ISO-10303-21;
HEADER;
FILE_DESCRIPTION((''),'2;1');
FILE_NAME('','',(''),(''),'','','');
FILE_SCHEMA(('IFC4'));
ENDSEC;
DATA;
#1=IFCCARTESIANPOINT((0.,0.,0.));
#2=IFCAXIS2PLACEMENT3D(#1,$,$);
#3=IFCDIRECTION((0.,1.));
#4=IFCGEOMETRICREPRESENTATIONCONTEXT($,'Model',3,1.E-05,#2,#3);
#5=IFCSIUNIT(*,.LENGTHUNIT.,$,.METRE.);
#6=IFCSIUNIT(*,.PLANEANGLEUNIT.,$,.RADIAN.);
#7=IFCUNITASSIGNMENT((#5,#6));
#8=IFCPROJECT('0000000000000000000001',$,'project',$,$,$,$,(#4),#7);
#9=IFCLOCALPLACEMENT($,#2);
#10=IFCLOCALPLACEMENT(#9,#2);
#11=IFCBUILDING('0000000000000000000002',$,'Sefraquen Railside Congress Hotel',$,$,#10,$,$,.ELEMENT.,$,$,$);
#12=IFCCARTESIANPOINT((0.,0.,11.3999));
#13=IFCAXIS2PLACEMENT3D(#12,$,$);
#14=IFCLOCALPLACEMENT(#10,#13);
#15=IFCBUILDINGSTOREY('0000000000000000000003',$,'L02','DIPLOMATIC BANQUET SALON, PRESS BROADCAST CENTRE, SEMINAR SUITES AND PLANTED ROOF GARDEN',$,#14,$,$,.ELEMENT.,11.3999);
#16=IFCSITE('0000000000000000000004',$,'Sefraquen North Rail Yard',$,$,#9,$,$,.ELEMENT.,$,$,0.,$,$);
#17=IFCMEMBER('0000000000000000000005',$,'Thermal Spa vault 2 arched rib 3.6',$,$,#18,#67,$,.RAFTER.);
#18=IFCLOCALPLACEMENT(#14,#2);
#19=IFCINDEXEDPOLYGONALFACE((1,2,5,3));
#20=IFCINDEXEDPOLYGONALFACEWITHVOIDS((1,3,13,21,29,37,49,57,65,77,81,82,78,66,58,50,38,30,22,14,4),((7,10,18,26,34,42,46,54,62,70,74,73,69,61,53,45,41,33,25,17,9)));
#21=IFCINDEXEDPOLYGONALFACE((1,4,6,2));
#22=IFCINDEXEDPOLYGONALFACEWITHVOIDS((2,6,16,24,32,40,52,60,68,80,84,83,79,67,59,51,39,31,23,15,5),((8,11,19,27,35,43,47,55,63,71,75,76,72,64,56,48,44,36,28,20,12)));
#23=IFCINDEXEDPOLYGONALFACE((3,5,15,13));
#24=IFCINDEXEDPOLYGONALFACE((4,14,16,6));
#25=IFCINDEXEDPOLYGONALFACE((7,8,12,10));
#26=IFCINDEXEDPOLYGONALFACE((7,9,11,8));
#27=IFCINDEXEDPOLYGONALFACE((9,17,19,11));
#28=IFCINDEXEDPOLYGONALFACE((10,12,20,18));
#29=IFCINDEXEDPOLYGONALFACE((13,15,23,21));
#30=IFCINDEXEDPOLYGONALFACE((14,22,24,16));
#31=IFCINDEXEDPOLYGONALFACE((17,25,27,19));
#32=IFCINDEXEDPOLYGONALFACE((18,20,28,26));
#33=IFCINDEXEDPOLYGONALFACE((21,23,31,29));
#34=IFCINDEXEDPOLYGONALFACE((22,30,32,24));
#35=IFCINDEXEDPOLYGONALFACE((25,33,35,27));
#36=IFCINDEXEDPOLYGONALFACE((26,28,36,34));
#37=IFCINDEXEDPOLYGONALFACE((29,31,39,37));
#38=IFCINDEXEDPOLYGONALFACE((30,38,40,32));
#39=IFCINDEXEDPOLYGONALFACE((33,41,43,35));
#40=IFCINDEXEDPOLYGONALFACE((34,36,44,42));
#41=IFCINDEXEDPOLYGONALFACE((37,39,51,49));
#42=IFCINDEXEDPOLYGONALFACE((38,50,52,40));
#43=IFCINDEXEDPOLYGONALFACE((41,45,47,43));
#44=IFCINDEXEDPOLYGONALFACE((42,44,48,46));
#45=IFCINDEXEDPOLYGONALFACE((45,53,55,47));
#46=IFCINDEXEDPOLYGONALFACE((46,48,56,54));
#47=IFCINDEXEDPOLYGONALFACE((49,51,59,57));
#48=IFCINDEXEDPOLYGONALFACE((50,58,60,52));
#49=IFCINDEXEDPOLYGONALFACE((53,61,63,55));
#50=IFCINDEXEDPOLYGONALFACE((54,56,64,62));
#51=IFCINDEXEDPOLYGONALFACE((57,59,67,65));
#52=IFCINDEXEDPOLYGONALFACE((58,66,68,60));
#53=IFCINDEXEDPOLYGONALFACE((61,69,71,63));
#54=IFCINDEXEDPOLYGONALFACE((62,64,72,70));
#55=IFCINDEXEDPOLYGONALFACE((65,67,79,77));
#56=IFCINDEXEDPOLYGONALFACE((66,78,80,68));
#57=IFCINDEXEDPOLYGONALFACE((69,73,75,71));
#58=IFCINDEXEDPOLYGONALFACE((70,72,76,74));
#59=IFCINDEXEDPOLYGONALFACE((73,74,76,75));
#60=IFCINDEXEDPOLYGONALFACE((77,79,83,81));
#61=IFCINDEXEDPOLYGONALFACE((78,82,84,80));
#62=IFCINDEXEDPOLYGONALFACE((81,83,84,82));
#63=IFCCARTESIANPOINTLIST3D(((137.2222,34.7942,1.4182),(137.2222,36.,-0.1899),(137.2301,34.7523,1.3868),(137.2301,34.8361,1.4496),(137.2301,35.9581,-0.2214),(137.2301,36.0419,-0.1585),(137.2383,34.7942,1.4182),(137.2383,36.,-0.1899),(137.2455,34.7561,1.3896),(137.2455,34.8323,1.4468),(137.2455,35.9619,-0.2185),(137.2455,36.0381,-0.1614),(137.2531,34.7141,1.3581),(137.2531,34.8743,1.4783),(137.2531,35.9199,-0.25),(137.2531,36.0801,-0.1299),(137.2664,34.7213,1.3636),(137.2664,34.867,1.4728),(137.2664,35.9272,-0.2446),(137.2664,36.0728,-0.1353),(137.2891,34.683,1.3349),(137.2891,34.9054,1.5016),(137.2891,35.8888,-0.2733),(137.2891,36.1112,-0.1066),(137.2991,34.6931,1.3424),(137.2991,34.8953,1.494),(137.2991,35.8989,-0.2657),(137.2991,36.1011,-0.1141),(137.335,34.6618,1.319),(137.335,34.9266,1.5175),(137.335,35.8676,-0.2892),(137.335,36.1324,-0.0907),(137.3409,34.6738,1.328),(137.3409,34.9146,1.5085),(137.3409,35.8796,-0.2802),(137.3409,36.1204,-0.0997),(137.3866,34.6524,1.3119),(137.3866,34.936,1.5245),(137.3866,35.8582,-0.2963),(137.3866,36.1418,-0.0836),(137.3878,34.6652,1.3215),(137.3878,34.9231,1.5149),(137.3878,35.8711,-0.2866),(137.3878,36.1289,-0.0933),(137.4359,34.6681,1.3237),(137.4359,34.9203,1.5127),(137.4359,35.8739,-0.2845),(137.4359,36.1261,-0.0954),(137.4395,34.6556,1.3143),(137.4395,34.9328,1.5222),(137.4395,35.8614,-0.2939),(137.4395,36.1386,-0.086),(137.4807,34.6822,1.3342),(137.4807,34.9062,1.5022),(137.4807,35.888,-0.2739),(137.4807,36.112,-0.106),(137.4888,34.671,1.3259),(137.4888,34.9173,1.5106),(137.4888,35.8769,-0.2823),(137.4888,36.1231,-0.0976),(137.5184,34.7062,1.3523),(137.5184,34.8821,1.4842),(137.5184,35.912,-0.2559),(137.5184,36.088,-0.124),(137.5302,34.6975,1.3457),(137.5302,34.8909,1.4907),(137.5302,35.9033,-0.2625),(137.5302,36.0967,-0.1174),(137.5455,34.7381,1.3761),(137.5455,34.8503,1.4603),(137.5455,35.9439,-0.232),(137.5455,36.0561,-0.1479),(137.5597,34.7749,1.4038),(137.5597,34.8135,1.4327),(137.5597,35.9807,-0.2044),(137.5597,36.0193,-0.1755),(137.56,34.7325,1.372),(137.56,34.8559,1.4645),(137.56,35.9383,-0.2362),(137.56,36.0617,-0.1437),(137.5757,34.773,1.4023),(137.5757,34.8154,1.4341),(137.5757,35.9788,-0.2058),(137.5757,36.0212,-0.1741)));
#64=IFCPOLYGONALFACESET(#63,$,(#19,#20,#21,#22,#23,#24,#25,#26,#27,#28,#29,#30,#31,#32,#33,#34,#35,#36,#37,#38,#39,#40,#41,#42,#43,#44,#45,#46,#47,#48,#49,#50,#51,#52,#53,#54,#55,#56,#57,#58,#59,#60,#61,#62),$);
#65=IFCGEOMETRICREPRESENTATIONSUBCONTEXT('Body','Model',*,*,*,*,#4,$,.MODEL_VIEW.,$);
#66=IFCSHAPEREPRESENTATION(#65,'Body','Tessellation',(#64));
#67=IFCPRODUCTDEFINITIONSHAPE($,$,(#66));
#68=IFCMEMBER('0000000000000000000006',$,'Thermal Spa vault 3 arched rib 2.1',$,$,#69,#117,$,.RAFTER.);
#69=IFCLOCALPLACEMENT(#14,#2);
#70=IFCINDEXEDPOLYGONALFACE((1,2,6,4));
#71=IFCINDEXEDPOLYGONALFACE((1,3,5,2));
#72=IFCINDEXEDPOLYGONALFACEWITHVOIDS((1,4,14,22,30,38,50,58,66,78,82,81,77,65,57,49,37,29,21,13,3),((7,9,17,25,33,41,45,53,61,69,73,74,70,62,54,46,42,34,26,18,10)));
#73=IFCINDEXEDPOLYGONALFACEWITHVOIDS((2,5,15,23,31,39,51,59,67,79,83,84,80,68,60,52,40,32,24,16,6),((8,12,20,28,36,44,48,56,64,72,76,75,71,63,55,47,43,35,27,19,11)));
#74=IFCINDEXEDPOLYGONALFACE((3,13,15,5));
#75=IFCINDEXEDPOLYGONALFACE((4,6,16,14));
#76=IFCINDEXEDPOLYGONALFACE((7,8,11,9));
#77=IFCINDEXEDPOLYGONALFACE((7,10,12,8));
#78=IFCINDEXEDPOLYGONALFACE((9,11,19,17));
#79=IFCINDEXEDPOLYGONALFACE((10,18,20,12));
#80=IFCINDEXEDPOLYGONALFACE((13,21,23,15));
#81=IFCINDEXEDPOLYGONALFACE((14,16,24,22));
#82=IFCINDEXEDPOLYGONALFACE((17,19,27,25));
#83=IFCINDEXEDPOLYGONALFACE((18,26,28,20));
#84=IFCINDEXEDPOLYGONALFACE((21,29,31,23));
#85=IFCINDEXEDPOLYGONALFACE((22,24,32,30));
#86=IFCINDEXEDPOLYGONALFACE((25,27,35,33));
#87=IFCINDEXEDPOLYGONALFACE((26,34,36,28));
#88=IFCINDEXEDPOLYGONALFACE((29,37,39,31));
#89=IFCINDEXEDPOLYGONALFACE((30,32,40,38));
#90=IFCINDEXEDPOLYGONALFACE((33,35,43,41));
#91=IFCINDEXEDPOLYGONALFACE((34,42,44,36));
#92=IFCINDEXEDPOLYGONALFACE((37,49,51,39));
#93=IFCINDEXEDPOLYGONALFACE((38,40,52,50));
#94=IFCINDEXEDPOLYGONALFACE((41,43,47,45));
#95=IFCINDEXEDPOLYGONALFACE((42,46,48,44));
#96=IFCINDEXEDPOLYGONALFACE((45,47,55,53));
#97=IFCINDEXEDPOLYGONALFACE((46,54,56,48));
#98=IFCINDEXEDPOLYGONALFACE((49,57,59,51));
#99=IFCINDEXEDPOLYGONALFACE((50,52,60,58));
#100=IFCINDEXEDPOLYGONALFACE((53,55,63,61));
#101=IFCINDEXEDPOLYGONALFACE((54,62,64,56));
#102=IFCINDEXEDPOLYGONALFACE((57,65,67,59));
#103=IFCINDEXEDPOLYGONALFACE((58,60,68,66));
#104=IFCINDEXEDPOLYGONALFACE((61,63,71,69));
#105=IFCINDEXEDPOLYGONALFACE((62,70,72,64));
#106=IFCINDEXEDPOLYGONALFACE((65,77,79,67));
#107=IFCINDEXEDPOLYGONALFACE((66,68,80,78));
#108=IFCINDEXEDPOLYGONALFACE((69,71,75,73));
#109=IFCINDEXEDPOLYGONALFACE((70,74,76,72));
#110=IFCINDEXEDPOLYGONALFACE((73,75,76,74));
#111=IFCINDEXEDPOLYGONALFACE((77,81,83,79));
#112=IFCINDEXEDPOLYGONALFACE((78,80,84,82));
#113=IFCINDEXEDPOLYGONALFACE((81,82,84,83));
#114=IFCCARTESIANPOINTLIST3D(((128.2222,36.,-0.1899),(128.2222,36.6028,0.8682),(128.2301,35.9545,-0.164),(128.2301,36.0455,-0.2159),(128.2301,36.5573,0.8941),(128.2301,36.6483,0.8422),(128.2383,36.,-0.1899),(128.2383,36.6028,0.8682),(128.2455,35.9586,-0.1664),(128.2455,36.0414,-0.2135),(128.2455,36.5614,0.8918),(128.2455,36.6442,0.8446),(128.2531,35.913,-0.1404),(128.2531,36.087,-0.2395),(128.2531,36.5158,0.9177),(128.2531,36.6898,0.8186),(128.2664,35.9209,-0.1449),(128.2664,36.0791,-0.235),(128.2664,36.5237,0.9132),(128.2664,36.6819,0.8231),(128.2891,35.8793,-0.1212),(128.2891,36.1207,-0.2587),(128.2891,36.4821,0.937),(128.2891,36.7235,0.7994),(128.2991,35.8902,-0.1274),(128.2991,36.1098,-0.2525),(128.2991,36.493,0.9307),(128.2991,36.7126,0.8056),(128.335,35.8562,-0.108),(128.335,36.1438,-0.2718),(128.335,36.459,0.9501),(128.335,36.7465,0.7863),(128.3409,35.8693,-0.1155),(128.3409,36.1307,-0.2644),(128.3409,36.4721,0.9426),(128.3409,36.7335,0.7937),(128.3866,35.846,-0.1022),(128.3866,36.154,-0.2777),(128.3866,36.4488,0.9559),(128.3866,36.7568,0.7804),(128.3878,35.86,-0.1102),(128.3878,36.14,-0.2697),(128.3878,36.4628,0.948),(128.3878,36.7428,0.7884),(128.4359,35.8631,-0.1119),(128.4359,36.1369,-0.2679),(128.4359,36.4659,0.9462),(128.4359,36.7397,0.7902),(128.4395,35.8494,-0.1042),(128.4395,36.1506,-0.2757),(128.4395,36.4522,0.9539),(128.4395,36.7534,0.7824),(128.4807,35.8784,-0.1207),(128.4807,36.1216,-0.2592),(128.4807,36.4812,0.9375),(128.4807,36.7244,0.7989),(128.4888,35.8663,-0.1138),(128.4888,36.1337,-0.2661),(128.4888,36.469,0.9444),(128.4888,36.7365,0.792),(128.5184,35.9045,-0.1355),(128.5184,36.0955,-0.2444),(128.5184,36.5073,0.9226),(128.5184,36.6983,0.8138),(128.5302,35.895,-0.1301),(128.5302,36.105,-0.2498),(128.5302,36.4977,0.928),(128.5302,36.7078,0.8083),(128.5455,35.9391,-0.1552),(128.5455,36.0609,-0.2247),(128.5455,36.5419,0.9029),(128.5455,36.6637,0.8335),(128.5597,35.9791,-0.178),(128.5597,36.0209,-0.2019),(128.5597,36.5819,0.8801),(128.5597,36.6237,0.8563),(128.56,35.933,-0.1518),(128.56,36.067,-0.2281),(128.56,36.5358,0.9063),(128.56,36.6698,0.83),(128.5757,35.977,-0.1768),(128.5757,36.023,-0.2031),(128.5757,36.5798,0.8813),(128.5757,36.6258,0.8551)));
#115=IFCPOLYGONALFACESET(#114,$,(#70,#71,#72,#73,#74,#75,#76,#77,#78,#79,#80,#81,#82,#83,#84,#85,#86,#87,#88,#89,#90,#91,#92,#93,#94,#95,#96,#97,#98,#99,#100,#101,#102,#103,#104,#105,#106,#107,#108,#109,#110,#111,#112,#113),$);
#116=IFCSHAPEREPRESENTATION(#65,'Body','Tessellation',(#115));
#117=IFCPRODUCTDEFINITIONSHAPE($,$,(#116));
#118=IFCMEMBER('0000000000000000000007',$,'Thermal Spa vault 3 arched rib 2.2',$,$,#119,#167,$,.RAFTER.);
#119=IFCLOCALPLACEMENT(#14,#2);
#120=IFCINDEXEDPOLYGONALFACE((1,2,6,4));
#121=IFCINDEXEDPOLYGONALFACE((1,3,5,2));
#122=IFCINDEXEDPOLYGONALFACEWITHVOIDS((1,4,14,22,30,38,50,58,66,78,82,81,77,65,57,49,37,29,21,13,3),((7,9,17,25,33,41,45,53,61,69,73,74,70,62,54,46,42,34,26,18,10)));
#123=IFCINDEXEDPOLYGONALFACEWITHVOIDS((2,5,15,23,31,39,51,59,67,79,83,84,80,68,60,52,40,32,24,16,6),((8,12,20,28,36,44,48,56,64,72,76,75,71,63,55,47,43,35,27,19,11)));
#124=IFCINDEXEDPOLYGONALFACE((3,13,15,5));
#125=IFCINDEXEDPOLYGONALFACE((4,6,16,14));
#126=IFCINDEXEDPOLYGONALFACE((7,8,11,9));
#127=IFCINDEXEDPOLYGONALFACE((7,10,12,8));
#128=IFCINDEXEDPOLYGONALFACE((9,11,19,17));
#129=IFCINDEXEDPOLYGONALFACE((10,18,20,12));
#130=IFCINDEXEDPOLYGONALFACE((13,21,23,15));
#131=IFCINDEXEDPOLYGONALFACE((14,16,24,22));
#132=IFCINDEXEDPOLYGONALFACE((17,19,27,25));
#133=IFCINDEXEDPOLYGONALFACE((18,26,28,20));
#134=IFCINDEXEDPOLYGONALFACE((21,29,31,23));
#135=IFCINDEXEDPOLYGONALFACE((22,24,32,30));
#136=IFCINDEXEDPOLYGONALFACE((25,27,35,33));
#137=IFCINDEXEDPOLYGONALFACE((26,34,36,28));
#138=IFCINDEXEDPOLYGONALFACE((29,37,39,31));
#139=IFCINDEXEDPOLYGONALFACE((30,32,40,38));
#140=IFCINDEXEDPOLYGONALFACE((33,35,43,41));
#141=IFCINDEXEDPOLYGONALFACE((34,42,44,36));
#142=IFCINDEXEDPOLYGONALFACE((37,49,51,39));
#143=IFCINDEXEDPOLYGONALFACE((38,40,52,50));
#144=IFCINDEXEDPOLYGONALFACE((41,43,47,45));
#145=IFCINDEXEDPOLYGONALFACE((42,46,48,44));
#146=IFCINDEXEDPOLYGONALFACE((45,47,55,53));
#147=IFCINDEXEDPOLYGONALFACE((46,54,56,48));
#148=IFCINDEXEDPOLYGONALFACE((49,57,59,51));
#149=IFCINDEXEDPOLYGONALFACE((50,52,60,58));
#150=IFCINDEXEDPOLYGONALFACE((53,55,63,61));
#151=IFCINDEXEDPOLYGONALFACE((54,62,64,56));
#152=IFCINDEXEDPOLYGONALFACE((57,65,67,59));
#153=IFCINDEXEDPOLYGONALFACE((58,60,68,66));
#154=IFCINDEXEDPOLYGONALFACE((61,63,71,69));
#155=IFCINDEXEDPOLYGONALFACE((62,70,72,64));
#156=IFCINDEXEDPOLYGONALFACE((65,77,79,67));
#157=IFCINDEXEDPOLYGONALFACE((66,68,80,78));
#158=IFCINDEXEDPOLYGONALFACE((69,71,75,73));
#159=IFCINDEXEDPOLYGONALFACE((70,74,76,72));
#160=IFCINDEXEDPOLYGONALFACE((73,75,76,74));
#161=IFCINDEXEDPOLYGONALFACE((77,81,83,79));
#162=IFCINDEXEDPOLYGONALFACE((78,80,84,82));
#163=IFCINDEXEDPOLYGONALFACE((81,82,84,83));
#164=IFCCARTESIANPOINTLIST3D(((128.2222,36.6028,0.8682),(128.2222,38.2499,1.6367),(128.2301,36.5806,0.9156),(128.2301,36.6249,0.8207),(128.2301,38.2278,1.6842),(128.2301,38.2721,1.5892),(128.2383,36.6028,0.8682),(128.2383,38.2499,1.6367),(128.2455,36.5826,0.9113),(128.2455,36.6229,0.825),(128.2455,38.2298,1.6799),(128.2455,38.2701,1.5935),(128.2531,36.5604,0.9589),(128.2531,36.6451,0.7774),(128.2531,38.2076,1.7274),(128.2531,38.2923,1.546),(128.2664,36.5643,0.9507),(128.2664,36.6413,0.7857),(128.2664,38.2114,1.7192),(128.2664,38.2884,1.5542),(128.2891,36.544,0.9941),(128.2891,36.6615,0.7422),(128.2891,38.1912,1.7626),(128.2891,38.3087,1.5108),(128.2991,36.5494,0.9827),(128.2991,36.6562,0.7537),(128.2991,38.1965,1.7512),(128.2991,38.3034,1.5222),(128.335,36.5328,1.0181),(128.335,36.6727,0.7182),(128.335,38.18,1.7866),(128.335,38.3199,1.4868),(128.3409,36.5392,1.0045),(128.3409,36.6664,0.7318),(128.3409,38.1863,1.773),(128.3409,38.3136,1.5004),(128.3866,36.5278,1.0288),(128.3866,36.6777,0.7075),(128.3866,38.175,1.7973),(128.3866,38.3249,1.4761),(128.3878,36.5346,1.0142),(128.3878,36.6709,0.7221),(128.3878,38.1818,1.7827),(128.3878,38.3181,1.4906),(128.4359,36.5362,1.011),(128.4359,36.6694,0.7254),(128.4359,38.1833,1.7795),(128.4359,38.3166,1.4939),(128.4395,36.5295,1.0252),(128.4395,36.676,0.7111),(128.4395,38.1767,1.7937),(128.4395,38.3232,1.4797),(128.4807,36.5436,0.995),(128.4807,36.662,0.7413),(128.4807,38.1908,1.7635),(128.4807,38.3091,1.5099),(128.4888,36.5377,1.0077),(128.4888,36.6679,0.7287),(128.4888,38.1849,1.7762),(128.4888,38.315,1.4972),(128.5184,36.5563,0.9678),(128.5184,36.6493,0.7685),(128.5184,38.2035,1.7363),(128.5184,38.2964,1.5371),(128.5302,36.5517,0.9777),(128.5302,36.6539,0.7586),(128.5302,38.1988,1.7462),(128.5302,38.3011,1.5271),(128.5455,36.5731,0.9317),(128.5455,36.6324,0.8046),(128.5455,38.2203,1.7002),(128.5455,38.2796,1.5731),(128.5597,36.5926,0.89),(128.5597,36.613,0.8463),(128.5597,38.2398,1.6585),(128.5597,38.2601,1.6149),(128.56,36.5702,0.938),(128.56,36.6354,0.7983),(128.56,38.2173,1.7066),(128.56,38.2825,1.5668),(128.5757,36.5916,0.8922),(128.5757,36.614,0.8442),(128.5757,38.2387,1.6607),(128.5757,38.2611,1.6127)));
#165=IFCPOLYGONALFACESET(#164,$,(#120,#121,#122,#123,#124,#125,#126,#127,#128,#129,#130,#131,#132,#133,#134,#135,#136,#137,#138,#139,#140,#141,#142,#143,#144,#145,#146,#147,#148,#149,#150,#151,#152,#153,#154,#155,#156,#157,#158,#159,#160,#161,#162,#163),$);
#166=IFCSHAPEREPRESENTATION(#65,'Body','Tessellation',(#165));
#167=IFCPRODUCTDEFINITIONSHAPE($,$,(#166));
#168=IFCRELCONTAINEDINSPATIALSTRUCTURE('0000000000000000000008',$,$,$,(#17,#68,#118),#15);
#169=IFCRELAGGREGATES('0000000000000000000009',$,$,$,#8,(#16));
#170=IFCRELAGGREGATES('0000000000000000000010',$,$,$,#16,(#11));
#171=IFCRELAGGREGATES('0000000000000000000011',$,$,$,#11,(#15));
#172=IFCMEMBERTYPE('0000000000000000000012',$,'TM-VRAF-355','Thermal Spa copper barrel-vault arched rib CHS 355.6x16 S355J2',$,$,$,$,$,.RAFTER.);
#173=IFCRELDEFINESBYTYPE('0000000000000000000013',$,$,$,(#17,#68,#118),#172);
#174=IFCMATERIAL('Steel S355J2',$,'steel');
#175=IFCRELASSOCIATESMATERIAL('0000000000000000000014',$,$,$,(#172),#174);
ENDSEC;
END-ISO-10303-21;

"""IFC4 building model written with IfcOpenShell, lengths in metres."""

from ifc_helpers import new_model, si_unit, direction, frame, origin, origin_2d, place, context, subcontext, project, spatial, hollow_circle, extrude, material, material_profile, profile_set, type_object, element, save


model = new_model("IFC4")

# Units and contexts
model_context = context("Model", 3, precision=1e-05, world=origin(), true_north=direction((0.0, 1.0)))
body_context = subcontext(model_context, "Body", "Model", "MODEL_VIEW")
ifc_project = project(units=[si_unit("LENGTHUNIT", "METRE"), si_unit("PLANEANGLEUNIT", "RADIAN")], contexts=[model_context])

# Site, building, storey
site_placement = place(None, origin())
site = spatial("IfcSite", under=ifc_project, at=site_placement, Name="Sefraquen North Rail Yard", CompositionType="ELEMENT", RefElevation=0.0)
building_placement = place(site_placement, origin())
building = spatial("IfcBuilding", under=site, at=building_placement, Name="Sefraquen Railside Congress Hotel", CompositionType="ELEMENT")
storey_placement = place(building_placement, frame((0.0, 0.0, 11.3999)))
storey = spatial("IfcBuildingStorey", under=building, at=storey_placement, Name="L02", Description="DIPLOMATIC BANQUET SALON, PRESS BROADCAST CENTRE, SEMINAR SUITES AND PLANTED ROOF GARDEN", CompositionType="ELEMENT", Elevation=11.3999)

# Members
ifc_material_1 = material(Name="Steel S355J2", Category="steel")
ifc_material_profile_1 = material_profile(ifc_material_1, hollow_circle(Radius=0.1777, WallThickness=0.0161, at=origin_2d()), Name="CHS 355.6x16")
ifc_profile_set_1 = profile_set([ifc_material_profile_1], Name="Steel S355J2")
member_type = type_object("IfcMemberType", Name="TM-VRAF-355", Description="Thermal Spa copper barrel-vault arched rib CHS 355.6x16 S355J2", PredefinedType="RAFTER", material=ifc_profile_set_1)
member_1_placement = place(storey_placement, frame((137.3999, 34.7942, 1.4182), z_axis=(0.0, 0.599903, -0.800073), x_axis=(-1.0, 0.0, 0.0)))
element("IfcMember", 1, at=member_1_placement, inside=storey, type_object=member_type, Name="Thermal Spa vault 2 arched rib 3.6", PredefinedType="RAFTER", context=body_context, shape_type="SweptSolid", body=[
    extrude(hollow_circle(Radius=0.1777, WallThickness=0.0161, at=origin_2d()), origin(), (0.0, 0.0, 1.0), 2.01),
])
member_2_placement = place(storey_placement, frame((128.3999, 36.0, -0.1899), z_axis=(0.0, 0.494994, 0.868896), x_axis=(-1.0, 0.0, 0.0)))
element("IfcMember", 2, at=member_2_placement, inside=storey, type_object=member_type, Name="Thermal Spa vault 3 arched rib 2.1", PredefinedType="RAFTER", context=body_context, shape_type="SweptSolid", body=[
    extrude(hollow_circle(Radius=0.1777, WallThickness=0.0161, at=origin_2d()), origin(), (0.0, 0.0, 1.0), 1.2178),
])
member_3_placement = place(storey_placement, frame((128.3999, 36.6028, 0.8682), z_axis=(0.0, 0.906214, 0.422819), x_axis=(-1.0, 0.0, 0.0)))
element("IfcMember", 3, at=member_3_placement, inside=storey, type_object=member_type, Name="Thermal Spa vault 3 arched rib 2.2", PredefinedType="RAFTER", context=body_context, shape_type="SweptSolid", body=[
    extrude(hollow_circle(Radius=0.1777, WallThickness=0.0161, at=origin_2d()), origin(), (0.0, 0.0, 1.0), 1.8176),
])

save(model, "model.ifc")
